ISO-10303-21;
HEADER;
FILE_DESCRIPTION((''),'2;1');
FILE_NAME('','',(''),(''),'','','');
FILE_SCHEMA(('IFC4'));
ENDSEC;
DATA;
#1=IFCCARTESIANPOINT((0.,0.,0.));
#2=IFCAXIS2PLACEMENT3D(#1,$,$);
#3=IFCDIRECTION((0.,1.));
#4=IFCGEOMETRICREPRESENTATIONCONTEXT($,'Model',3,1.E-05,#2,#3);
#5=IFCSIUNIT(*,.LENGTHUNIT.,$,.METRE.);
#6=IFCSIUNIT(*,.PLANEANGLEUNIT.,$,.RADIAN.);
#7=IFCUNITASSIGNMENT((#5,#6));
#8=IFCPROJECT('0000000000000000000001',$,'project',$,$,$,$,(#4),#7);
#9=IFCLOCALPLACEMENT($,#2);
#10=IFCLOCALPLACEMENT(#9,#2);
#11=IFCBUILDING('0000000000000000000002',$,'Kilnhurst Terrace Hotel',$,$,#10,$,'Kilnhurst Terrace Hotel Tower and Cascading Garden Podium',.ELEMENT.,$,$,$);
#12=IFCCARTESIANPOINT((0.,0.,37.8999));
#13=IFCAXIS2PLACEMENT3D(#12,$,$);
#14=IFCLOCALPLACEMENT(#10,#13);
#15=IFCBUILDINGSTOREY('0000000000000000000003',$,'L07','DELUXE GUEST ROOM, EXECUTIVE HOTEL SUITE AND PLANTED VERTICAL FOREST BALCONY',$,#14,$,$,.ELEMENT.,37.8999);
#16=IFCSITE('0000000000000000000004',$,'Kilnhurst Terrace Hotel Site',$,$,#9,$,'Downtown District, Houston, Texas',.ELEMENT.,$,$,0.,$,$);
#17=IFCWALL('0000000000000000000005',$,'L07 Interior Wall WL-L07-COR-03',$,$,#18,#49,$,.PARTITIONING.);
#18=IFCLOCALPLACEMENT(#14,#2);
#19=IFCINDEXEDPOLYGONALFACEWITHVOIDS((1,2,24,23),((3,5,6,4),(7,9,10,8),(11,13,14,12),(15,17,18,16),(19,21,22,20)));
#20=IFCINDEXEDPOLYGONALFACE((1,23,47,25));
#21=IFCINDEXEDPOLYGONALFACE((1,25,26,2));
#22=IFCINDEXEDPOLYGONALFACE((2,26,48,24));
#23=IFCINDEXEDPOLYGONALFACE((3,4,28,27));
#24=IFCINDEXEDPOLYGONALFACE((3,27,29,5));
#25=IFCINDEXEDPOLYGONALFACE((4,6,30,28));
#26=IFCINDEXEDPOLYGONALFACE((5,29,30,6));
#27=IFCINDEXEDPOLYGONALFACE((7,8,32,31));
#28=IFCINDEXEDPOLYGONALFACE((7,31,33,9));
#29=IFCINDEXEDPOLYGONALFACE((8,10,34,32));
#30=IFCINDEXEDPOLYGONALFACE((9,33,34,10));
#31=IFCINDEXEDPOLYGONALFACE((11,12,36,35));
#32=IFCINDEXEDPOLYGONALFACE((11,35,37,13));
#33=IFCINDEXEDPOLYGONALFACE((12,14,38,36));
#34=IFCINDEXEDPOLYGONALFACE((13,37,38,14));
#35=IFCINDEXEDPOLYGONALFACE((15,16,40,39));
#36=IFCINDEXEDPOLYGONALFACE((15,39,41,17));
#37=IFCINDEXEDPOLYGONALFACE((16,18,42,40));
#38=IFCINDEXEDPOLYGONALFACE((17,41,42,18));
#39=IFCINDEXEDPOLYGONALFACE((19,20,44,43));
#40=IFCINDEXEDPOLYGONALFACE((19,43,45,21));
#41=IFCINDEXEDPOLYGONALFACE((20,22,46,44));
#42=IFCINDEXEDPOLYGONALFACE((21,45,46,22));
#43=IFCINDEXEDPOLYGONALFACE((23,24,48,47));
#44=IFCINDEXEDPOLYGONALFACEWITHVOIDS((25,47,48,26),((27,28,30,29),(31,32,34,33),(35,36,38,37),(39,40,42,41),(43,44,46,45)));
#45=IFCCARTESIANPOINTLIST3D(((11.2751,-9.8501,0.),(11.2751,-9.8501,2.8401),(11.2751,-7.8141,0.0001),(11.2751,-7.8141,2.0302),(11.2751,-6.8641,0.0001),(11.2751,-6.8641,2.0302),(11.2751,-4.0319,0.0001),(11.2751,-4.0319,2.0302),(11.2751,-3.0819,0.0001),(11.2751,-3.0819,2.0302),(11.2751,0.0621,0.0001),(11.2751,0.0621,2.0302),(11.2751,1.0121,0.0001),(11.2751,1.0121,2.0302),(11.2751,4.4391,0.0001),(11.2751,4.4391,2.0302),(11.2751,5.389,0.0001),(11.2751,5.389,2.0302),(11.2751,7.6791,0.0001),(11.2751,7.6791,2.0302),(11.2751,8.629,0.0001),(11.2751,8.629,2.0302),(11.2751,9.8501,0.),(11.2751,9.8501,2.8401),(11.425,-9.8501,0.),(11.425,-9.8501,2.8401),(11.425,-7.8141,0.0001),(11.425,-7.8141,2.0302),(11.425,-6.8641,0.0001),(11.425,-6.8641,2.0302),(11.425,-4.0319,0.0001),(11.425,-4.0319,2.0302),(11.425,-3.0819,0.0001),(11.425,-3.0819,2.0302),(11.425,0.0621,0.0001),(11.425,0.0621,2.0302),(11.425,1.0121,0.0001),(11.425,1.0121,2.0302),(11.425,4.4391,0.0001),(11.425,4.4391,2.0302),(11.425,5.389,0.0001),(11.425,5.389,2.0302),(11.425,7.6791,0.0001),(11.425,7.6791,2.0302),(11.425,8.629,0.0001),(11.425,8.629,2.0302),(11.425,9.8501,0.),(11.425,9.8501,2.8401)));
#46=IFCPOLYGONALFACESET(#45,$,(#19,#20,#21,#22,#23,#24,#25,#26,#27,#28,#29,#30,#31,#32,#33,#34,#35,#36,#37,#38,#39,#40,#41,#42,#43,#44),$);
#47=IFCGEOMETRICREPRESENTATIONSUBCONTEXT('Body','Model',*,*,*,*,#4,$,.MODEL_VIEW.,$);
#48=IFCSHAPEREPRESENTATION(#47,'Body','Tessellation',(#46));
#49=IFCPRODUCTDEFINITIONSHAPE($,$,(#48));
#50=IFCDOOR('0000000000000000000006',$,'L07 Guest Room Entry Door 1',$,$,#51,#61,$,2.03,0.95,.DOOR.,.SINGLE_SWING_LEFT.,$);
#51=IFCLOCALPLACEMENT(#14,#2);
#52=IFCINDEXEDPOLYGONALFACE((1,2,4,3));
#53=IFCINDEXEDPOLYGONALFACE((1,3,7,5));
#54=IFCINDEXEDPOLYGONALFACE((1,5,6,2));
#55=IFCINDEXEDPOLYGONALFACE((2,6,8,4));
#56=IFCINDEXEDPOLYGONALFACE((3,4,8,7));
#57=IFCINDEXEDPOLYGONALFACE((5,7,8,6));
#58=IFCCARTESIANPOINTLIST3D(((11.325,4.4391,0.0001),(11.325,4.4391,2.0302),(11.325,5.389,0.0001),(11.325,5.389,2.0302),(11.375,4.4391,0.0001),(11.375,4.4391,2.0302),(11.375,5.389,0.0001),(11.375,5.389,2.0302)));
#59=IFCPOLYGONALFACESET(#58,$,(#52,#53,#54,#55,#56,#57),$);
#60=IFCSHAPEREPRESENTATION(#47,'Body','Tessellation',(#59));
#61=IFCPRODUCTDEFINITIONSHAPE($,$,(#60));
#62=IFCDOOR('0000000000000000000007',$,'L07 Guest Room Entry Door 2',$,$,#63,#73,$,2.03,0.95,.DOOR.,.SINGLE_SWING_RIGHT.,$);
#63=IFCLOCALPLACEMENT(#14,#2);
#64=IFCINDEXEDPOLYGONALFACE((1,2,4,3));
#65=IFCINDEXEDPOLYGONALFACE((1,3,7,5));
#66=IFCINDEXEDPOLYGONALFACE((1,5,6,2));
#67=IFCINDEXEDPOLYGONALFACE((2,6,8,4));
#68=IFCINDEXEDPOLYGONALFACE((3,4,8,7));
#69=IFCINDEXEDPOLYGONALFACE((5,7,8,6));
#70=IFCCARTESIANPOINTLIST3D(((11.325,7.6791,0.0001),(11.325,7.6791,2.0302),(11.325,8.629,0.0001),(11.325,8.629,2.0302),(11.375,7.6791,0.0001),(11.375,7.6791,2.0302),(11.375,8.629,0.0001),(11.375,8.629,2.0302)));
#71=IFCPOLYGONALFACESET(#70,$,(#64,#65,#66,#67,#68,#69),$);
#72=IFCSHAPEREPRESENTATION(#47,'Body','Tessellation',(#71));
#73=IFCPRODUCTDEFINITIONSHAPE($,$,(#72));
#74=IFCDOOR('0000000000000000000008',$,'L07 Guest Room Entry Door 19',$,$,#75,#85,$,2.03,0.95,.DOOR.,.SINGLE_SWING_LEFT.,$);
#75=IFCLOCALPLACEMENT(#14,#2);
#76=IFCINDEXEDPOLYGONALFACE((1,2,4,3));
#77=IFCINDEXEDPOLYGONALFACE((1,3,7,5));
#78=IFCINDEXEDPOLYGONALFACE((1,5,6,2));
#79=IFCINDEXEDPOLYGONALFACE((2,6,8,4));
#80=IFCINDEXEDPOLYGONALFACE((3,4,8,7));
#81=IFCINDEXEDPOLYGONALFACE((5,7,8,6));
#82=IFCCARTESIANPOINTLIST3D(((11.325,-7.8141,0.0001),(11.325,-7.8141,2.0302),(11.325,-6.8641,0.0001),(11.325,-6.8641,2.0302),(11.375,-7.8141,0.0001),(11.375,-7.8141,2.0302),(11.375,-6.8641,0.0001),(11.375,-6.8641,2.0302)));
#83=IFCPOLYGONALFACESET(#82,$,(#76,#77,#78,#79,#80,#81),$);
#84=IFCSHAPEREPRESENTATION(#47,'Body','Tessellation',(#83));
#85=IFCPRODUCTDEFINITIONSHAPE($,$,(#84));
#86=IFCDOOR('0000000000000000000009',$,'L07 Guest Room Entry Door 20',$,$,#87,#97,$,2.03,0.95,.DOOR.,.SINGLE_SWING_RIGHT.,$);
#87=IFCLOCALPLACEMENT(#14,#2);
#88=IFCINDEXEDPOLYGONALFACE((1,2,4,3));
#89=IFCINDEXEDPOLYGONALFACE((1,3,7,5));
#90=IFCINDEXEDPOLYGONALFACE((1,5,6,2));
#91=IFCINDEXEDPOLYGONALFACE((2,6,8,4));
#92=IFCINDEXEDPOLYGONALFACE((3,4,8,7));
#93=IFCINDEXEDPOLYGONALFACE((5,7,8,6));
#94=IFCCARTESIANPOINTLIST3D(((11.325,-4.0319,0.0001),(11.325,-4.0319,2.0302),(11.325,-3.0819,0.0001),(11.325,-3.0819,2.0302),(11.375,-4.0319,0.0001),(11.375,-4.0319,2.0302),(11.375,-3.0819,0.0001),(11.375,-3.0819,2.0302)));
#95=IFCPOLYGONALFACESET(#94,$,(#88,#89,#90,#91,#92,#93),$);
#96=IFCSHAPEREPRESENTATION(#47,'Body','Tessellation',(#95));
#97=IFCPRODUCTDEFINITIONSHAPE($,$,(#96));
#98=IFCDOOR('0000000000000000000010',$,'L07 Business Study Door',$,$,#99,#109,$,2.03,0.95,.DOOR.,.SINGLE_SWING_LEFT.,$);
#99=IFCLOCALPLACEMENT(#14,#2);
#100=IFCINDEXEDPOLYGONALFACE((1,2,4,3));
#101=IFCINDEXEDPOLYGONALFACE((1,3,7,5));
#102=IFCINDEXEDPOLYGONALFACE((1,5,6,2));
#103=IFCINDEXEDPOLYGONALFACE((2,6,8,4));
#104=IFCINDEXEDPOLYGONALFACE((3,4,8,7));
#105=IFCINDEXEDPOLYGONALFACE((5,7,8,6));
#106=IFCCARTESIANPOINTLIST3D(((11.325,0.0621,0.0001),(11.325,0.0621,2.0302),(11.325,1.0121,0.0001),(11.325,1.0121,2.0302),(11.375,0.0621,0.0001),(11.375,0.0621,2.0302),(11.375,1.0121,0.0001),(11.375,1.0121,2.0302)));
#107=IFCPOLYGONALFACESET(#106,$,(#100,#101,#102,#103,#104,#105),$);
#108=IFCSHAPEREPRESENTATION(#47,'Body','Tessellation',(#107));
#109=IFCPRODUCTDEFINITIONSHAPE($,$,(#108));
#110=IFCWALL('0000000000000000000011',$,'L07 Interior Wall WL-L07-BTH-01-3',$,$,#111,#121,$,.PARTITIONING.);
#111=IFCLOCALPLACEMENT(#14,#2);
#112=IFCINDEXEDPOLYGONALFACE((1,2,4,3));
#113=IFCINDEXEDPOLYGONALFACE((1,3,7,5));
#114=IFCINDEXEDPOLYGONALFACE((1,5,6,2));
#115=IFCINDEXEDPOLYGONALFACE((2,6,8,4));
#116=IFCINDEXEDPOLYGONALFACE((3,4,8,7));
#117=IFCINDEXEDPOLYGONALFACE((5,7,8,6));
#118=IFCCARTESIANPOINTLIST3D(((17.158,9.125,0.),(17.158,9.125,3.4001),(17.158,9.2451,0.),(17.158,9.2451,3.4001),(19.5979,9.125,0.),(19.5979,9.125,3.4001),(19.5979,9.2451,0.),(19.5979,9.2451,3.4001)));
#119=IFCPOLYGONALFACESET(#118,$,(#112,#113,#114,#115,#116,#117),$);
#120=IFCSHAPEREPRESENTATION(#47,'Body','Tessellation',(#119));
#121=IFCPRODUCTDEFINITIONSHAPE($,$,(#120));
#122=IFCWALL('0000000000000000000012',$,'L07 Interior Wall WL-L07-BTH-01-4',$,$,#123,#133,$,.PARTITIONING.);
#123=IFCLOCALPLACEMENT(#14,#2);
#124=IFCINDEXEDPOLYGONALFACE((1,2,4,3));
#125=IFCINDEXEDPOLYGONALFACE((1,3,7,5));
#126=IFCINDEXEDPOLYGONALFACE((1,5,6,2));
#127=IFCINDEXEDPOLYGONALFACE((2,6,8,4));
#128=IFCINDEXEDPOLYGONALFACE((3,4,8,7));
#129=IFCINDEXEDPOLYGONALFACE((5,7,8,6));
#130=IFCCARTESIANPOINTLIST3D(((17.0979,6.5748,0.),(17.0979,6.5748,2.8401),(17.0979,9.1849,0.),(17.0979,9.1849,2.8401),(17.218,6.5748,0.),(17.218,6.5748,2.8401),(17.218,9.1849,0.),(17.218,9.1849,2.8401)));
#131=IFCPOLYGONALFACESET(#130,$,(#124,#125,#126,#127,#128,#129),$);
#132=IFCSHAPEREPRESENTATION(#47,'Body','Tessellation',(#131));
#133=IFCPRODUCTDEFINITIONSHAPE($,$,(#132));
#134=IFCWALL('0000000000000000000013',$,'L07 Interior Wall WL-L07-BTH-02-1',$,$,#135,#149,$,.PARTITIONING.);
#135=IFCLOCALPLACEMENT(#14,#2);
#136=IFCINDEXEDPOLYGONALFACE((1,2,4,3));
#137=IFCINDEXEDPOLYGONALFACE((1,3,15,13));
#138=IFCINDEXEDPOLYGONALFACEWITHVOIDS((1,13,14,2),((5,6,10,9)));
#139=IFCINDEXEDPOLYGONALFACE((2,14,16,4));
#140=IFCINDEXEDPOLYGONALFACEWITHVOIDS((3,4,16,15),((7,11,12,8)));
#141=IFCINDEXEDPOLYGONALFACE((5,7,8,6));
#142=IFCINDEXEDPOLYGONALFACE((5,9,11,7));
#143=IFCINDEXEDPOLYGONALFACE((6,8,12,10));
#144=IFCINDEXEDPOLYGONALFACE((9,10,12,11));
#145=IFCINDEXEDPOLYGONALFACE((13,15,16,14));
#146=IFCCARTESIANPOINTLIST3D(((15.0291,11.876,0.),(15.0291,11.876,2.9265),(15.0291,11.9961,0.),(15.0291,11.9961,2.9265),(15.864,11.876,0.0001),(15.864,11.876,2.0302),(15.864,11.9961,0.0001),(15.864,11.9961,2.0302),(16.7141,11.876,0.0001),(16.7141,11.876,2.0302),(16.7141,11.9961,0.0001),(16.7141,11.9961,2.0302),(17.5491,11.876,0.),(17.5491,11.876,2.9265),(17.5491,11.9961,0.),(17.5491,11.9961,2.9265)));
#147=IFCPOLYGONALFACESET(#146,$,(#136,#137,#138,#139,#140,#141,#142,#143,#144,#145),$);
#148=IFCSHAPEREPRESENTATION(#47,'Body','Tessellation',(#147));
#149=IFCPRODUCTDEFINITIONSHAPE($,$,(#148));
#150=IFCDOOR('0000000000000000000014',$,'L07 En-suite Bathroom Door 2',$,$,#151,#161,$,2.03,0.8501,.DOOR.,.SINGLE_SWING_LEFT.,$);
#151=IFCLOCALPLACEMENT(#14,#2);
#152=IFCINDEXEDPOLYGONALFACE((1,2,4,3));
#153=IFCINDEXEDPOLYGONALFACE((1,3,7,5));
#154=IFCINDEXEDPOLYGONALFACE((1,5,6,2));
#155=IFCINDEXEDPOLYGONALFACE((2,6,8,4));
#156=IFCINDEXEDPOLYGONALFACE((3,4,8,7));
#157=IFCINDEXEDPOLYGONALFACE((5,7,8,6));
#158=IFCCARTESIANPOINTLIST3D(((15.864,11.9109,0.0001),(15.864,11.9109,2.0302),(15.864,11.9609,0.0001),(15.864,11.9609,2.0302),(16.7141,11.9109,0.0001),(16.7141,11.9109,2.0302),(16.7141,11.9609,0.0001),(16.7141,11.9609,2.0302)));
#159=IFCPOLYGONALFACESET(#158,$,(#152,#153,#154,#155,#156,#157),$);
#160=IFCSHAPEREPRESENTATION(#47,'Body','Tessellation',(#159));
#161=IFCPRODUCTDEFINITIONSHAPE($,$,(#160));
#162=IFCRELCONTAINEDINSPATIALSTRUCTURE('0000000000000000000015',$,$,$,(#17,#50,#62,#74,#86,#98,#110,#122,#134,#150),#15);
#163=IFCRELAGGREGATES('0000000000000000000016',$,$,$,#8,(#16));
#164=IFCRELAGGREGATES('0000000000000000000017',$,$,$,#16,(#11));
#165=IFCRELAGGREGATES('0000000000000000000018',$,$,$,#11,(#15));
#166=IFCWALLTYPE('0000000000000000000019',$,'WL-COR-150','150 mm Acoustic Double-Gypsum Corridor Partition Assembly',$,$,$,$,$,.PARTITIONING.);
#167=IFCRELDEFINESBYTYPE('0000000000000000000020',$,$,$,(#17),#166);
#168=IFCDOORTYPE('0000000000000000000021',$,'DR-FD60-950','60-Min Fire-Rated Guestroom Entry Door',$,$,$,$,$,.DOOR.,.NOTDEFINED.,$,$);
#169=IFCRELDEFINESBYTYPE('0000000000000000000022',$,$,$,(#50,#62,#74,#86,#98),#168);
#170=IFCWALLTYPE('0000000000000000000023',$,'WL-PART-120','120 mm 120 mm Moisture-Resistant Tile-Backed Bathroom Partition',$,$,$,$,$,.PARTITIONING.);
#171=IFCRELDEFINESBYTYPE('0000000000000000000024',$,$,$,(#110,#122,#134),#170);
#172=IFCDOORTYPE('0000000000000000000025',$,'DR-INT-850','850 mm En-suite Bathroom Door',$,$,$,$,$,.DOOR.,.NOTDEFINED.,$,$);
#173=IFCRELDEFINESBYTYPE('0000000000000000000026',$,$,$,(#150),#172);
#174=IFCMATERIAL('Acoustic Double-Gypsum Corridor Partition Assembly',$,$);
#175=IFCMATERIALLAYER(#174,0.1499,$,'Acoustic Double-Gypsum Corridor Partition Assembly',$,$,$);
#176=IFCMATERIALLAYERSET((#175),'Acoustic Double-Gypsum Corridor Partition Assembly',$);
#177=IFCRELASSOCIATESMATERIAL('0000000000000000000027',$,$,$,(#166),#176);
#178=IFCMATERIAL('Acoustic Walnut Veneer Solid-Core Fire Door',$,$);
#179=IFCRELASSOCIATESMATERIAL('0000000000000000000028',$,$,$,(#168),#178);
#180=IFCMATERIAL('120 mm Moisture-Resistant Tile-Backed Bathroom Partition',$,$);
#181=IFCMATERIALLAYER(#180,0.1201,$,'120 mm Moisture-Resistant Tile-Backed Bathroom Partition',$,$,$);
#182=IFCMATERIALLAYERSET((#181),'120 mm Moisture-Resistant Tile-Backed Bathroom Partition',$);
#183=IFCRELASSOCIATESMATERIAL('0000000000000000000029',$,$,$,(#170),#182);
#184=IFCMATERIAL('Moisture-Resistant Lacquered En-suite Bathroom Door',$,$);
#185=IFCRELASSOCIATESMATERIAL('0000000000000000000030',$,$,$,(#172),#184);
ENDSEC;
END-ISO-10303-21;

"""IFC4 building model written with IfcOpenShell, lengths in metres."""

from ifc_helpers import new_model, si_unit, direction, frame, frame_2d, origin, place, context, subcontext, project, spatial, rectangle, extrude, material, layer, layer_set, type_object, element, fill, save


model = new_model("IFC4")

# Units and contexts
model_context = context("Model", 3, precision=1e-05, world=origin(), true_north=direction((0.0, 1.0)))
body_context = subcontext(model_context, "Body", "Model", "MODEL_VIEW")
ifc_project = project(units=[si_unit("LENGTHUNIT", "METRE"), si_unit("PLANEANGLEUNIT", "RADIAN")], contexts=[model_context])

# Site, building, storey
site_placement = place(None, origin())
site = spatial("IfcSite", under=ifc_project, at=site_placement, Name="Kilnhurst Terrace Hotel Site", LongName="Downtown District, Houston, Texas", CompositionType="ELEMENT", RefElevation=0.0)
building_placement = place(site_placement, origin())
building = spatial("IfcBuilding", under=site, at=building_placement, Name="Kilnhurst Terrace Hotel", LongName="Kilnhurst Terrace Hotel Tower and Cascading Garden Podium", CompositionType="ELEMENT")
storey_placement = place(building_placement, frame((0.0, 0.0, 37.8999)))
storey = spatial("IfcBuildingStorey", under=building, at=storey_placement, Name="L07", Description="DELUXE GUEST ROOM, EXECUTIVE HOTEL SUITE AND PLANTED VERTICAL FOREST BALCONY", CompositionType="ELEMENT", Elevation=37.8999)

# Wall, openings, doors
ifc_material_1 = material(Name="Acoustic Double-Gypsum Corridor Partition Assembly")
ifc_layer_1 = layer(ifc_material_1, 0.1499, Name="Acoustic Double-Gypsum Corridor Partition Assembly")
ifc_layer_set_1 = layer_set([ifc_layer_1], Name="Acoustic Double-Gypsum Corridor Partition Assembly")
wall_type_1 = type_object("IfcWallType", Name="WL-COR-150", Description="150 mm Acoustic Double-Gypsum Corridor Partition Assembly", PredefinedType="PARTITIONING", material=ifc_layer_set_1)
wall_1_placement = place(storey_placement, frame((11.3501, 9.8501, 0.0), z_axis=(0.0, 0.0, 1.0), x_axis=(0.0, -1.0, 0.0)))
wall_1 = element("IfcWall", 1, at=wall_1_placement, inside=storey, type_object=wall_type_1, Name="L07 Interior Wall WL-L07-COR-03", PredefinedType="PARTITIONING", context=body_context, shape_type="SweptSolid", body=[
    extrude(rectangle(XDim=19.7002, YDim=0.1499, at=frame_2d((9.8501, 0.0))), origin(), (0.0, 0.0, 1.0), 2.8401),
])
opening_1_placement = place(wall_1_placement, frame((4.4609, 0.0, 0.0)))
opening_1 = element("IfcOpeningElement", 2, at=opening_1_placement, cuts=wall_1, PredefinedType="OPENING", context=body_context, shape_type="SweptSolid", body=[
    extrude(rectangle(XDim=0.95, YDim=2.03, at=frame_2d((0.4751, 1.0151))), frame((0.0, 0.085, 0.0), z_axis=(0.0, -1.0, 0.0), x_axis=(1.0, 0.0, 0.0)), (0.0, 0.0, 1.0), 0.1699),
])
opening_2_placement = place(wall_1_placement, frame((1.2209, 0.0, 0.0)))
opening_2 = element("IfcOpeningElement", 3, at=opening_2_placement, cuts=wall_1, PredefinedType="OPENING", context=body_context, shape_type="SweptSolid", body=[
    extrude(rectangle(XDim=0.95, YDim=2.03, at=frame_2d((0.4751, 1.0151))), frame((0.0, 0.085, 0.0), z_axis=(0.0, -1.0, 0.0), x_axis=(1.0, 0.0, 0.0)), (0.0, 0.0, 1.0), 0.1699),
])
opening_3_placement = place(wall_1_placement, frame((16.7141, 0.0, 0.0)))
opening_3 = element("IfcOpeningElement", 4, at=opening_3_placement, cuts=wall_1, PredefinedType="OPENING", context=body_context, shape_type="SweptSolid", body=[
    extrude(rectangle(XDim=0.95, YDim=2.03, at=frame_2d((0.4751, 1.0151))), frame((0.0, 0.085, 0.0), z_axis=(0.0, -1.0, 0.0), x_axis=(1.0, 0.0, 0.0)), (0.0, 0.0, 1.0), 0.1699),
])
opening_4_placement = place(wall_1_placement, frame((12.9319, 0.0, 0.0)))
opening_4 = element("IfcOpeningElement", 5, at=opening_4_placement, cuts=wall_1, PredefinedType="OPENING", context=body_context, shape_type="SweptSolid", body=[
    extrude(rectangle(XDim=0.95, YDim=2.03, at=frame_2d((0.4751, 1.0151))), frame((0.0, 0.085, 0.0), z_axis=(0.0, -1.0, 0.0), x_axis=(1.0, 0.0, 0.0)), (0.0, 0.0, 1.0), 0.1699),
])
opening_5_placement = place(wall_1_placement, frame((8.8379, 0.0, 0.0)))
opening_5 = element("IfcOpeningElement", 6, at=opening_5_placement, cuts=wall_1, PredefinedType="OPENING", context=body_context, shape_type="SweptSolid", body=[
    extrude(rectangle(XDim=0.95, YDim=2.03, at=frame_2d((0.4751, 1.0151))), frame((0.0, 0.085, 0.0), z_axis=(0.0, -1.0, 0.0), x_axis=(1.0, 0.0, 0.0)), (0.0, 0.0, 1.0), 0.1699),
])
ifc_material_2 = material(Name="Acoustic Walnut Veneer Solid-Core Fire Door")
door_type_1 = type_object("IfcDoorType", Name="DR-FD60-950", Description="60-Min Fire-Rated Guestroom Entry Door", OperationType="NOTDEFINED", PredefinedType="DOOR", material=ifc_material_2)
door_1_placement = place(opening_1_placement, origin())
door_1 = element("IfcDoor", 7, at=door_1_placement, inside=storey, type_object=door_type_1, Name="L07 Guest Room Entry Door 1", OperationType="SINGLE_SWING_LEFT", OverallHeight=2.03, OverallWidth=0.95, PredefinedType="DOOR", context=body_context, shape_type="SweptSolid", body=[
    extrude(rectangle(XDim=0.95, YDim=2.03, at=frame_2d((0.4751, 1.0151))), frame((0.0, 0.0249, 0.0), z_axis=(0.0, -1.0, 0.0), x_axis=(1.0, 0.0, 0.0)), (0.0, 0.0, 1.0), 0.05),
])
fill(opening_1, door_1)
door_2_placement = place(opening_2_placement, origin())
door_2 = element("IfcDoor", 8, at=door_2_placement, inside=storey, type_object=door_type_1, Name="L07 Guest Room Entry Door 2", OperationType="SINGLE_SWING_RIGHT", OverallHeight=2.03, OverallWidth=0.95, PredefinedType="DOOR", context=body_context, shape_type="SweptSolid", body=[
    extrude(rectangle(XDim=0.95, YDim=2.03, at=frame_2d((0.4751, 1.0151))), frame((0.0, 0.0249, 0.0), z_axis=(0.0, -1.0, 0.0), x_axis=(1.0, 0.0, 0.0)), (0.0, 0.0, 1.0), 0.05),
])
fill(opening_2, door_2)
door_3_placement = place(opening_3_placement, origin())
door_3 = element("IfcDoor", 9, at=door_3_placement, inside=storey, type_object=door_type_1, Name="L07 Guest Room Entry Door 19", OperationType="SINGLE_SWING_LEFT", OverallHeight=2.03, OverallWidth=0.95, PredefinedType="DOOR", context=body_context, shape_type="SweptSolid", body=[
    extrude(rectangle(XDim=0.95, YDim=2.03, at=frame_2d((0.4751, 1.0151))), frame((0.0, 0.0249, 0.0), z_axis=(0.0, -1.0, 0.0), x_axis=(1.0, 0.0, 0.0)), (0.0, 0.0, 1.0), 0.05),
])
fill(opening_3, door_3)
door_4_placement = place(opening_4_placement, origin())
door_4 = element("IfcDoor", 10, at=door_4_placement, inside=storey, type_object=door_type_1, Name="L07 Guest Room Entry Door 20", OperationType="SINGLE_SWING_RIGHT", OverallHeight=2.03, OverallWidth=0.95, PredefinedType="DOOR", context=body_context, shape_type="SweptSolid", body=[
    extrude(rectangle(XDim=0.95, YDim=2.03, at=frame_2d((0.4751, 1.0151))), frame((0.0, 0.0249, 0.0), z_axis=(0.0, -1.0, 0.0), x_axis=(1.0, 0.0, 0.0)), (0.0, 0.0, 1.0), 0.05),
])
fill(opening_4, door_4)
door_5_placement = place(opening_5_placement, origin())
door_5 = element("IfcDoor", 11, at=door_5_placement, inside=storey, type_object=door_type_1, Name="L07 Business Study Door", OperationType="SINGLE_SWING_LEFT", OverallHeight=2.03, OverallWidth=0.95, PredefinedType="DOOR", context=body_context, shape_type="SweptSolid", body=[
    extrude(rectangle(XDim=0.95, YDim=2.03, at=frame_2d((0.4751, 1.0151))), frame((0.0, 0.0249, 0.0), z_axis=(0.0, -1.0, 0.0), x_axis=(1.0, 0.0, 0.0)), (0.0, 0.0, 1.0), 0.05),
])
fill(opening_5, door_5)

# Walls
ifc_material_3 = material(Name="120 mm Moisture-Resistant Tile-Backed Bathroom Partition")
ifc_layer_2 = layer(ifc_material_3, 0.1201, Name="120 mm Moisture-Resistant Tile-Backed Bathroom Partition")
ifc_layer_set_2 = layer_set([ifc_layer_2], Name="120 mm Moisture-Resistant Tile-Backed Bathroom Partition")
wall_type_2 = type_object("IfcWallType", Name="WL-PART-120", Description="120 mm 120 mm Moisture-Resistant Tile-Backed Bathroom Partition", PredefinedType="PARTITIONING", material=ifc_layer_set_2)
wall_2_placement = place(storey_placement, frame((19.5979, 9.1851, 0.0), z_axis=(0.0, 0.0, 1.0), x_axis=(-1.0, 0.0, 0.0)))
element("IfcWall", 12, at=wall_2_placement, inside=storey, type_object=wall_type_2, Name="L07 Interior Wall WL-L07-BTH-01-3", PredefinedType="PARTITIONING", context=body_context, shape_type="SweptSolid", body=[
    extrude(rectangle(XDim=2.4399, YDim=0.1201, at=frame_2d((1.22, 0.0))), origin(), (0.0, 0.0, 1.0), 3.4001),
])
wall_3_placement = place(storey_placement, frame((17.158, 9.1851, 0.0), z_axis=(0.0, 0.0, 1.0), x_axis=(0.0, -1.0, 0.0)))
element("IfcWall", 13, at=wall_3_placement, inside=storey, type_object=wall_type_2, Name="L07 Interior Wall WL-L07-BTH-01-4", PredefinedType="PARTITIONING", context=body_context, shape_type="SweptSolid", body=[
    extrude(rectangle(XDim=2.6101, YDim=0.1201, at=frame_2d((1.3052, 0.0))), origin(), (0.0, 0.0, 1.0), 2.8401),
])

# Wall, opening, door
wall_4_placement = place(storey_placement, frame((15.0291, 11.936, 0.0), z_axis=(0.0, 0.0, 1.0), x_axis=(1.0, 0.0, 0.0)))
wall_4 = element("IfcWall", 14, at=wall_4_placement, inside=storey, type_object=wall_type_2, Name="L07 Interior Wall WL-L07-BTH-02-1", PredefinedType="PARTITIONING", context=body_context, shape_type="SweptSolid", body=[
    extrude(rectangle(XDim=2.52, YDim=0.1201, at=frame_2d((1.26, 0.0))), origin(), (0.0, 0.0, 1.0), 2.9265),
])
opening_6_placement = place(wall_4_placement, frame((0.835, 0.0, 0.0)))
opening_6 = element("IfcOpeningElement", 15, at=opening_6_placement, cuts=wall_4, PredefinedType="OPENING", context=body_context, shape_type="SweptSolid", body=[
    extrude(rectangle(XDim=0.8501, YDim=2.03, at=frame_2d((0.425, 1.0151))), frame((0.0, 0.0701, 0.0), z_axis=(0.0, -1.0, 0.0), x_axis=(1.0, 0.0, 0.0)), (0.0, 0.0, 1.0), 0.1401),
])
ifc_material_4 = material(Name="Moisture-Resistant Lacquered En-suite Bathroom Door")
door_type_2 = type_object("IfcDoorType", Name="DR-INT-850", Description="850 mm En-suite Bathroom Door", OperationType="NOTDEFINED", PredefinedType="DOOR", material=ifc_material_4)
door_6_placement = place(opening_6_placement, origin())
door_6 = element("IfcDoor", 16, at=door_6_placement, inside=storey, type_object=door_type_2, Name="L07 En-suite Bathroom Door 2", OperationType="SINGLE_SWING_LEFT", OverallHeight=2.03, OverallWidth=0.8501, PredefinedType="DOOR", context=body_context, shape_type="SweptSolid", body=[
    extrude(rectangle(XDim=0.8501, YDim=2.03, at=frame_2d((0.425, 1.0151))), frame((0.0, 0.0249, 0.0), z_axis=(0.0, -1.0, 0.0), x_axis=(1.0, 0.0, 0.0)), (0.0, 0.0, 1.0), 0.05),
])
fill(opening_6, door_6)

save(model, "model.ifc")
